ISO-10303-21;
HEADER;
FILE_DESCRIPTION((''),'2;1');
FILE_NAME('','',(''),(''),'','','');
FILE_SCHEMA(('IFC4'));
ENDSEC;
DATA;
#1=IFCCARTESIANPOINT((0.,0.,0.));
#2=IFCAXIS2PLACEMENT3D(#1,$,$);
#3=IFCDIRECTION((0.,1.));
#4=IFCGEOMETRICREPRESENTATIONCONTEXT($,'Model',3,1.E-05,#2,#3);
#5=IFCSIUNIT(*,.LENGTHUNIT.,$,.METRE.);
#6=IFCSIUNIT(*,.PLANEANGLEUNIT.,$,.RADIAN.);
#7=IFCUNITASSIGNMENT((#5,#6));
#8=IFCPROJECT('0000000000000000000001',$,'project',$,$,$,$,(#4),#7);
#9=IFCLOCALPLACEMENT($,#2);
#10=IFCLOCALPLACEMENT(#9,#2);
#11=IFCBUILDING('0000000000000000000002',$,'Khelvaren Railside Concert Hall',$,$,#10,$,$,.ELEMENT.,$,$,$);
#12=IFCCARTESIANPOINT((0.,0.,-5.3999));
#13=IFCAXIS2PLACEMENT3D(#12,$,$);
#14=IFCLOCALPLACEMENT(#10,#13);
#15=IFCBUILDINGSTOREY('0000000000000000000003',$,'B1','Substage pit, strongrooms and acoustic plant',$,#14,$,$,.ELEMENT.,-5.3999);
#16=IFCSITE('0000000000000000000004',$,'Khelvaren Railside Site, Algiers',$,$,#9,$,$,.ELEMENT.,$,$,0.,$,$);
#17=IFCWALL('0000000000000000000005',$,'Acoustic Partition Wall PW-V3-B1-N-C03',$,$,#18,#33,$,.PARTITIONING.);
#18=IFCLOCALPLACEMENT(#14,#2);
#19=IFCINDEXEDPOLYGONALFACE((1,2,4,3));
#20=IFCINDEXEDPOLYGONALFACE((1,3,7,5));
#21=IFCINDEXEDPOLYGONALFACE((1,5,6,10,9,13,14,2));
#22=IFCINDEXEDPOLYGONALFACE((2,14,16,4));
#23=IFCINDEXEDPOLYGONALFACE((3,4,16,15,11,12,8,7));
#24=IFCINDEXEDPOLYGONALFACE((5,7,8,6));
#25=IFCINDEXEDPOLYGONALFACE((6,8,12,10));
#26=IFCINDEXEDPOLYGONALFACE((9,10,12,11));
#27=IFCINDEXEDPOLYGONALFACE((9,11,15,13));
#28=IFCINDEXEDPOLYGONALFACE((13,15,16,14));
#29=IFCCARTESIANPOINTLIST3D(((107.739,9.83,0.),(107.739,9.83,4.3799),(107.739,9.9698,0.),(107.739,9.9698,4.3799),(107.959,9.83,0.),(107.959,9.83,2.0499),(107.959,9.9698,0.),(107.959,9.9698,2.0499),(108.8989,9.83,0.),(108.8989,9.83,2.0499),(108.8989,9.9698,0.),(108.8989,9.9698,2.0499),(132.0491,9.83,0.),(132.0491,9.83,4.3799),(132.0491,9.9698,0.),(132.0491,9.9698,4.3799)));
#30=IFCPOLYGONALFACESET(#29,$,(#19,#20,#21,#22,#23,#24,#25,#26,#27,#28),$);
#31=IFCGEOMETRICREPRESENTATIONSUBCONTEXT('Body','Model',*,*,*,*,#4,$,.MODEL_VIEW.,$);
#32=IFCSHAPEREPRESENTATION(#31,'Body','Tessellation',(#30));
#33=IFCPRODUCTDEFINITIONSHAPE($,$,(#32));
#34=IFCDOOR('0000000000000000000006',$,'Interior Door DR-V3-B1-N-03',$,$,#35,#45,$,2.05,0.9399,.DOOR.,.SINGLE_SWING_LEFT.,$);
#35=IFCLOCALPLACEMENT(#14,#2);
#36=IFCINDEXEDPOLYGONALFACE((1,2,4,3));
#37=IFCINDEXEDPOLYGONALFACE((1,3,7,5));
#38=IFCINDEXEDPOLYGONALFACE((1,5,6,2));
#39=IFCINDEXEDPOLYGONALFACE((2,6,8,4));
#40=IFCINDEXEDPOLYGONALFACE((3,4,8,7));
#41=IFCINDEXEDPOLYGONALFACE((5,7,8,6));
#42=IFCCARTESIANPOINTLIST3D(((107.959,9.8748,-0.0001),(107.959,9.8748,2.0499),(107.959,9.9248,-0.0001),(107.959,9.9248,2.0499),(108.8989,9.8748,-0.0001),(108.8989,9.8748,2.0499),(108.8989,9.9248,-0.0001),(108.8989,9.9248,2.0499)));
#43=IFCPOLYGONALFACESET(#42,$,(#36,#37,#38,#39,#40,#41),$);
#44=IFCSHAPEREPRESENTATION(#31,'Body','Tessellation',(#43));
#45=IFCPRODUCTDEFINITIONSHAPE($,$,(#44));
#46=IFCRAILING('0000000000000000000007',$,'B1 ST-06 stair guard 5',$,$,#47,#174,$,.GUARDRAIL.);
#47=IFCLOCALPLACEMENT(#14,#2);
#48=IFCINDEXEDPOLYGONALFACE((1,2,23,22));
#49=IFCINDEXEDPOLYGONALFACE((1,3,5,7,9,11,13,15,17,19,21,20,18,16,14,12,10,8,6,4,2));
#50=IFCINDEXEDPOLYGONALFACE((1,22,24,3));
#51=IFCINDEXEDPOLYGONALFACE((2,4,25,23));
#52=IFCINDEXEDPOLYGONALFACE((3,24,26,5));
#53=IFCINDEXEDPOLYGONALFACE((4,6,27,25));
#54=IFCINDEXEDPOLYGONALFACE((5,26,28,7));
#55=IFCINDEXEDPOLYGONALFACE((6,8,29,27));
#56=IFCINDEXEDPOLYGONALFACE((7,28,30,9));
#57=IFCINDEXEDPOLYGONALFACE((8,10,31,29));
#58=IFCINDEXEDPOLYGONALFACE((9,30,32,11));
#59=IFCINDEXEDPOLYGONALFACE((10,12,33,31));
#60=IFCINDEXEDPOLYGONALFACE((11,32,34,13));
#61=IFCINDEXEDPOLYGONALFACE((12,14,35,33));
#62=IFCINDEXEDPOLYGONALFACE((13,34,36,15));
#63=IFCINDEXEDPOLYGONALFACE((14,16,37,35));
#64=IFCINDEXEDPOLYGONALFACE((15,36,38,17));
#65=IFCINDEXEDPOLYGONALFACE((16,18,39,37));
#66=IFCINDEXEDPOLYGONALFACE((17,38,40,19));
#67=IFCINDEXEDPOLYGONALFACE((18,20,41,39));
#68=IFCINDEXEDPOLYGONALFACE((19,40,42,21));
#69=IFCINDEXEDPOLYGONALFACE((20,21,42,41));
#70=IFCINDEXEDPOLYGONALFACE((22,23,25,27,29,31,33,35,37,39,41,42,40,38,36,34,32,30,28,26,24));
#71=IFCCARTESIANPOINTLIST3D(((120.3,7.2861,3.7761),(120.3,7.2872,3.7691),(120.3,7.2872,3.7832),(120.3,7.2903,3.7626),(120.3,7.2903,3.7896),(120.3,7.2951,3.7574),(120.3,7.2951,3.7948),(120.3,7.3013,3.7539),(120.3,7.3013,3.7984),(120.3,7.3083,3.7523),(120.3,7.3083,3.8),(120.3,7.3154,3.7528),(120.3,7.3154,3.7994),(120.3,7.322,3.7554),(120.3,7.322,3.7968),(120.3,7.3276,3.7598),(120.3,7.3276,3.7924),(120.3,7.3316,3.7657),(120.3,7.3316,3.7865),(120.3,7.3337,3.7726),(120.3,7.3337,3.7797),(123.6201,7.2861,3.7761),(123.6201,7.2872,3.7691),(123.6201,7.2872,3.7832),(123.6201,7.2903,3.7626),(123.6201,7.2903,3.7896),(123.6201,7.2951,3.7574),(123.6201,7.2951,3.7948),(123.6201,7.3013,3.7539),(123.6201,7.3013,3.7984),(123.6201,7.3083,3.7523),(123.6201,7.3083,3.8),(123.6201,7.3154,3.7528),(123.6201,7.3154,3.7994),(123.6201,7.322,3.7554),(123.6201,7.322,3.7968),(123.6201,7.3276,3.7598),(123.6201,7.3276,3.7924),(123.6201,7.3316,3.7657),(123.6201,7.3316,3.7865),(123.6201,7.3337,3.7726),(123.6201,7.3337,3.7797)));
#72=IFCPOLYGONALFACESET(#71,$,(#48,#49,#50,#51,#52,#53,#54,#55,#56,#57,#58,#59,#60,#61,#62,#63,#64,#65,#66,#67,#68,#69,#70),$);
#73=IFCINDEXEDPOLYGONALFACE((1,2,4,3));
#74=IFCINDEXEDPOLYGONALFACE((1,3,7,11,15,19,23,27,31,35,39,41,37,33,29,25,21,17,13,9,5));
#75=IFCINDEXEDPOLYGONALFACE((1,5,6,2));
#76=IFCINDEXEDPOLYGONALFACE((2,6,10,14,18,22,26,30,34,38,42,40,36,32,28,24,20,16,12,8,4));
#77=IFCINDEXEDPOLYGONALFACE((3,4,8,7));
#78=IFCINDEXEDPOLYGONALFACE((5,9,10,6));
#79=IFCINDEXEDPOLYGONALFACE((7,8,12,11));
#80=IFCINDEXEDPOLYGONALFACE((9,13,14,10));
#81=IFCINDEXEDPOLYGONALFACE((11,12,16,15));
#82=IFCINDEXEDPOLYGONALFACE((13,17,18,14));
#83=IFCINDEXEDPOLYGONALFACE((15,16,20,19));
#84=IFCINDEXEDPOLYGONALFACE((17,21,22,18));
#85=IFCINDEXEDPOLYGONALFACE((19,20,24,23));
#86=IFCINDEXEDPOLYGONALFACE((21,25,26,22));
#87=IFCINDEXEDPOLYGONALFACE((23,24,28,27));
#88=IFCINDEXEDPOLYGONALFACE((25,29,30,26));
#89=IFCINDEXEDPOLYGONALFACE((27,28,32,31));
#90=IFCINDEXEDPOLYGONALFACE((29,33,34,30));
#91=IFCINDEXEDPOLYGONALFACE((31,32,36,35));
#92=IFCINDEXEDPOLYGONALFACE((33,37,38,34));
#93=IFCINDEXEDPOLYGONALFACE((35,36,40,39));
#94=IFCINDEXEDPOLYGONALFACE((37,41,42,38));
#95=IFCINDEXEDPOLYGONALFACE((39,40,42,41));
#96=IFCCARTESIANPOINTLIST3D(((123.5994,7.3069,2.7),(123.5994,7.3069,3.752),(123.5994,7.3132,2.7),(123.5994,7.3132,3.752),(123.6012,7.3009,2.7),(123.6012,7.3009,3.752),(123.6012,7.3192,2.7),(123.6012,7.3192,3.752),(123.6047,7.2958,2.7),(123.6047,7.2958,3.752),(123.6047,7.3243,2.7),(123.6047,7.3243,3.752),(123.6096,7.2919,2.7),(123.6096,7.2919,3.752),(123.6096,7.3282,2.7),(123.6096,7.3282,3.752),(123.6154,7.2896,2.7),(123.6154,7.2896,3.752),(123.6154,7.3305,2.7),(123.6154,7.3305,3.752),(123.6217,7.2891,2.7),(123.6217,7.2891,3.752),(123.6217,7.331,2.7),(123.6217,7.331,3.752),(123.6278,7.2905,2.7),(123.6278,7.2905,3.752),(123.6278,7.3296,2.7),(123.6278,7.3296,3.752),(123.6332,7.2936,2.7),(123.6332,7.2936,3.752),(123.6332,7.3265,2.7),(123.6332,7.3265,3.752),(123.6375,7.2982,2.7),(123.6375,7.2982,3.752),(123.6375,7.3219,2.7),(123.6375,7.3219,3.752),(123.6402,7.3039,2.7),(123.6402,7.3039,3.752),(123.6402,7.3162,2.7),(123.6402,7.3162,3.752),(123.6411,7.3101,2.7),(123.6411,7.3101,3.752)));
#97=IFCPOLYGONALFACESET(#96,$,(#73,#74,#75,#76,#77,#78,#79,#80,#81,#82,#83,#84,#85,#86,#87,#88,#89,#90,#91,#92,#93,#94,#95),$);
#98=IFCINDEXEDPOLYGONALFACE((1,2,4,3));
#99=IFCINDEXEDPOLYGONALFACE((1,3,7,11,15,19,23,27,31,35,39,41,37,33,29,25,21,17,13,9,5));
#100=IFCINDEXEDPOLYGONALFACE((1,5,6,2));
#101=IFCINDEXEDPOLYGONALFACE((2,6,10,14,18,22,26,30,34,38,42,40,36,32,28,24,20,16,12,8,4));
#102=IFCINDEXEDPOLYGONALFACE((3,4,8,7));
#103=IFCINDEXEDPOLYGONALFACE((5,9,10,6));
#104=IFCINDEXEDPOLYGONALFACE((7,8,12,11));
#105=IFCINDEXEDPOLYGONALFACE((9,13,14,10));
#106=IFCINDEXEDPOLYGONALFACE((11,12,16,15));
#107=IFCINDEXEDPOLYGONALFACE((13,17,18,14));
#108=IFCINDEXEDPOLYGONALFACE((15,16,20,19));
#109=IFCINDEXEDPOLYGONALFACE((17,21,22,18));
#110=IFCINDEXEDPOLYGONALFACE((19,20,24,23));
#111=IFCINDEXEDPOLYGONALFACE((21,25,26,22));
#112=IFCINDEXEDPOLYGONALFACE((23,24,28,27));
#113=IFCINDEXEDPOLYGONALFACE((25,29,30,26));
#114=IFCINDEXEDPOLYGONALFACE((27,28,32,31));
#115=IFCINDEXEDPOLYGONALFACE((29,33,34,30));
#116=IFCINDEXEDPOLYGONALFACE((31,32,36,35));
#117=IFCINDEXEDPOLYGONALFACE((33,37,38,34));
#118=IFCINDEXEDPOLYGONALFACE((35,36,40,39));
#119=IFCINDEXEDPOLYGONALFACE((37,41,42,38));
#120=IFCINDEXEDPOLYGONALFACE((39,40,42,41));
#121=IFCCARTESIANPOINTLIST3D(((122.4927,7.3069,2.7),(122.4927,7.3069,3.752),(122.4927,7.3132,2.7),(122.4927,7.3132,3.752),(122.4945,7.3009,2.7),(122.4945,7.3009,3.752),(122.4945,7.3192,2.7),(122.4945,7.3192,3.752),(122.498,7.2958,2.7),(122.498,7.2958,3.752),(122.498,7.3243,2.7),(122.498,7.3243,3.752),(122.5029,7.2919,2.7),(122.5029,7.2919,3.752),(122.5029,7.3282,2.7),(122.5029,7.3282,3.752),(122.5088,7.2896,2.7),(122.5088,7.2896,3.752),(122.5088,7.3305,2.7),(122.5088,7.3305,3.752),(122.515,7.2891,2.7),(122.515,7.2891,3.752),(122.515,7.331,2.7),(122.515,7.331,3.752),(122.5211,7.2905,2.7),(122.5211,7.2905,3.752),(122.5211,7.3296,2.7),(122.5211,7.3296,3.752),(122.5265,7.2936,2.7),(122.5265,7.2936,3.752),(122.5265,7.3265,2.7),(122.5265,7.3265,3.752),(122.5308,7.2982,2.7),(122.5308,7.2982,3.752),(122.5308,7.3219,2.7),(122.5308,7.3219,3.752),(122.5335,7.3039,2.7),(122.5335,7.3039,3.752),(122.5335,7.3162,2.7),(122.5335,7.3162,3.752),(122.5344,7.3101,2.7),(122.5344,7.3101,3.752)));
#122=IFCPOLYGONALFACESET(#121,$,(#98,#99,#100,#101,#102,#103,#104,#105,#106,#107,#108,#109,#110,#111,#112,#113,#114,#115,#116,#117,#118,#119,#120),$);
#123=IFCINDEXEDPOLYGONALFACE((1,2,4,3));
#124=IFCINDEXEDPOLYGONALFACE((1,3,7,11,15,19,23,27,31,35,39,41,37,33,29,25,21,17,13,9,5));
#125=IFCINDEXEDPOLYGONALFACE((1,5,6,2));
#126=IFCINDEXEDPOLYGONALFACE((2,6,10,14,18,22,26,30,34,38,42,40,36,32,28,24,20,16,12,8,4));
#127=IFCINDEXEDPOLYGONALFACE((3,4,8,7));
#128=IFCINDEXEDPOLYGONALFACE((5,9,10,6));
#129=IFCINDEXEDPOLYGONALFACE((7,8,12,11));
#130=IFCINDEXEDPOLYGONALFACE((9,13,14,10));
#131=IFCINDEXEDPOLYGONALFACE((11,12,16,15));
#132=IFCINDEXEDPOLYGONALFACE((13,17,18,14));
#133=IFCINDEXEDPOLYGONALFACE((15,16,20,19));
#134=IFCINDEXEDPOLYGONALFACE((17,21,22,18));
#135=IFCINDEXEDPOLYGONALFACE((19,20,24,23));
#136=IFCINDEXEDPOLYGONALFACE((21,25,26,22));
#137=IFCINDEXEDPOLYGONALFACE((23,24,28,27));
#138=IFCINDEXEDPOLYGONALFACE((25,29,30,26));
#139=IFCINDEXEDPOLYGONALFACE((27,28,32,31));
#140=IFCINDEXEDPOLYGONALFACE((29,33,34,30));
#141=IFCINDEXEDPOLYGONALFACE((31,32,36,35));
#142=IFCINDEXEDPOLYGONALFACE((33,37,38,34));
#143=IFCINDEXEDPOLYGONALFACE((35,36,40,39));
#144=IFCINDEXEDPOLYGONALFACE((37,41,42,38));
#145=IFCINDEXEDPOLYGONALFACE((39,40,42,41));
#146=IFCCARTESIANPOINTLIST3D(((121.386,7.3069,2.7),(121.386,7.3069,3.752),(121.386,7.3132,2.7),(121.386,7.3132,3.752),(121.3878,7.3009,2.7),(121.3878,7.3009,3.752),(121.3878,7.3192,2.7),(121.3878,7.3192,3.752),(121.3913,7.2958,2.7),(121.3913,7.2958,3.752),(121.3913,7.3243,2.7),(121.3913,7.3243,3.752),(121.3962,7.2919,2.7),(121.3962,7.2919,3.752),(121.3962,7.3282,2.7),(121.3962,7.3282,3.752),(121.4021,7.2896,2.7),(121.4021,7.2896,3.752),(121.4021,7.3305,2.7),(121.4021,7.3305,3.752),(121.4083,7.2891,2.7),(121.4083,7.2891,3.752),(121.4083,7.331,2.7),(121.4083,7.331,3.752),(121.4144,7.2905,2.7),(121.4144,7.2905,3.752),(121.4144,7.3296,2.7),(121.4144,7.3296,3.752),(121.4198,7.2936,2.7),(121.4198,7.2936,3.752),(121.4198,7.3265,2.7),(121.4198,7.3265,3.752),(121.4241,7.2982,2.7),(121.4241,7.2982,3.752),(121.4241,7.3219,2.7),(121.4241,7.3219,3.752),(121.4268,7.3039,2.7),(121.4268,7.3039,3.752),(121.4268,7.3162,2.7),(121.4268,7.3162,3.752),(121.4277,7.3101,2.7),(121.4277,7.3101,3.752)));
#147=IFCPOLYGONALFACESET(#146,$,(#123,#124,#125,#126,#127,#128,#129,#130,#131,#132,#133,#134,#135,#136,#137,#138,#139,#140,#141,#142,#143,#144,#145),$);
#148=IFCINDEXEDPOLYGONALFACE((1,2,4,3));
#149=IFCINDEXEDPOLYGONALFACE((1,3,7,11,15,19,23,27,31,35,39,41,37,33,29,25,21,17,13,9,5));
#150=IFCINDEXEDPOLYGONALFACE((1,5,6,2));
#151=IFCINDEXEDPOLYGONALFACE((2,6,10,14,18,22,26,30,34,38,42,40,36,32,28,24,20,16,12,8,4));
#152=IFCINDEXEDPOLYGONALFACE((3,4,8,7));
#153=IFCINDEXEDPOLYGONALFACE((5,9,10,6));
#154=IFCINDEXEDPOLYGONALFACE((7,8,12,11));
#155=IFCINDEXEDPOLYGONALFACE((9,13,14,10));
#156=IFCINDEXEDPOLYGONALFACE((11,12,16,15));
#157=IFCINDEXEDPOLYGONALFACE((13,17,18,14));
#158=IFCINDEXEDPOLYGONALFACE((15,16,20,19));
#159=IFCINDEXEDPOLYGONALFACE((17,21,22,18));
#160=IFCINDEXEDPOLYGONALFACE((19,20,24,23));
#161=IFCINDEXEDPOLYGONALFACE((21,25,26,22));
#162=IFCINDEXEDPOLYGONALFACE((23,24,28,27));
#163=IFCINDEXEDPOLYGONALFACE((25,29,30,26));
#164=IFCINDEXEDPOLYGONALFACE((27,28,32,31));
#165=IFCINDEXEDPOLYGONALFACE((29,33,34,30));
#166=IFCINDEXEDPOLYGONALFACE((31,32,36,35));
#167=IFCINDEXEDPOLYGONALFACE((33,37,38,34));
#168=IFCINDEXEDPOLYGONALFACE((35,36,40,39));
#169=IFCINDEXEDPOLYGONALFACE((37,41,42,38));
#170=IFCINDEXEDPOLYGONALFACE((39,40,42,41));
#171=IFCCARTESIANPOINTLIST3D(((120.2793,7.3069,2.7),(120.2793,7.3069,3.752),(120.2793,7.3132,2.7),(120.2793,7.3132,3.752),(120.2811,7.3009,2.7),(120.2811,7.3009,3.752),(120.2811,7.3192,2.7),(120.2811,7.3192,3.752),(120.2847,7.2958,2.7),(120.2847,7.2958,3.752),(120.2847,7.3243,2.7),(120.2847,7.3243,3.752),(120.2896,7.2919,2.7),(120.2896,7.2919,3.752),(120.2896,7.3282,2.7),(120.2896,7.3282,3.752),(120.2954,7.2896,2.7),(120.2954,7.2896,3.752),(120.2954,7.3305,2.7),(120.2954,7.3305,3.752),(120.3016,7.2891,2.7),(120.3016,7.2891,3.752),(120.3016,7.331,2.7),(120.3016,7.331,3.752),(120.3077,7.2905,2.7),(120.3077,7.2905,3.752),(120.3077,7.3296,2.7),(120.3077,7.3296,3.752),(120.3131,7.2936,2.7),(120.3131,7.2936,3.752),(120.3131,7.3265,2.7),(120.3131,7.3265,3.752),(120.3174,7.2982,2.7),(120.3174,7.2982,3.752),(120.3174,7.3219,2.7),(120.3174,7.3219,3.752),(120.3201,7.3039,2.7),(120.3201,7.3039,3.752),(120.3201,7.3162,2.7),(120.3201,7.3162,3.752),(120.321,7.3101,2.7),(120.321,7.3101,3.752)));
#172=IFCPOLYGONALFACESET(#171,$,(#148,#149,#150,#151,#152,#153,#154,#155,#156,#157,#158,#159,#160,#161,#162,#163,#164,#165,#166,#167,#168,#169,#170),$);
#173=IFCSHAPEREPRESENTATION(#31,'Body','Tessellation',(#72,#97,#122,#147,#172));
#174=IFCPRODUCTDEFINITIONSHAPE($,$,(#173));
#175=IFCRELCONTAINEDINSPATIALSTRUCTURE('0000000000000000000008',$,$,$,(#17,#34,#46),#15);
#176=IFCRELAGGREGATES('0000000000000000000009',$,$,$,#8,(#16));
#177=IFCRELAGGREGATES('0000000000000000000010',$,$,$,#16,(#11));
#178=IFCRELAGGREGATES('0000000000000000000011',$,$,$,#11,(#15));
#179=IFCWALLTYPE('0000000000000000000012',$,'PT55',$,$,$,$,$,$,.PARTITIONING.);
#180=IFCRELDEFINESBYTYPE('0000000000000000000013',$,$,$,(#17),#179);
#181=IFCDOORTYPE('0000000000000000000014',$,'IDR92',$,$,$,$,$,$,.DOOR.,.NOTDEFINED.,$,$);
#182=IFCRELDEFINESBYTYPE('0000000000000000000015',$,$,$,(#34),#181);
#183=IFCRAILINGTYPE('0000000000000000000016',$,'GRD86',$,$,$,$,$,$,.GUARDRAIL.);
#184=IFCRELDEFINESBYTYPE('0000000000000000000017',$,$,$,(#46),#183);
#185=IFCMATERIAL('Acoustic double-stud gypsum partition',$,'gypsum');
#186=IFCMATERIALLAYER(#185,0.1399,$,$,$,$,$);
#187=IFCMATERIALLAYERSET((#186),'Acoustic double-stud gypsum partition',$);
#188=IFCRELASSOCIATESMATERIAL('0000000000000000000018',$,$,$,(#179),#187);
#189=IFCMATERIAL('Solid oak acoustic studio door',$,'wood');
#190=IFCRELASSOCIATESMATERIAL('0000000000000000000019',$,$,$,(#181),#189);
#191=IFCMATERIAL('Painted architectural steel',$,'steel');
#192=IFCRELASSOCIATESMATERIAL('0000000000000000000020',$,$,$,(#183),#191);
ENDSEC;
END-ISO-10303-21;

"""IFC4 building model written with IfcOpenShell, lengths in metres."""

from ifc_helpers import new_model, si_unit, direction, frame, frame_2d, origin, origin_2d, place, context, subcontext, project, spatial, rectangle, circle, extrude, material, layer, layer_set, type_object, element, fill, save


model = new_model("IFC4")

# Units and contexts
model_context = context("Model", 3, precision=1e-05, world=origin(), true_north=direction((0.0, 1.0)))
body_context = subcontext(model_context, "Body", "Model", "MODEL_VIEW")
ifc_project = project(units=[si_unit("LENGTHUNIT", "METRE"), si_unit("PLANEANGLEUNIT", "RADIAN")], contexts=[model_context])

# Site, building, storey
site_placement = place(None, origin())
site = spatial("IfcSite", under=ifc_project, at=site_placement, Name="Khelvaren Railside Site, Algiers", CompositionType="ELEMENT", RefElevation=0.0)
building_placement = place(site_placement, origin())
building = spatial("IfcBuilding", under=site, at=building_placement, Name="Khelvaren Railside Concert Hall", CompositionType="ELEMENT")
storey_placement = place(building_placement, frame((0.0, 0.0, -5.3999)))
storey = spatial("IfcBuildingStorey", under=building, at=storey_placement, Name="B1", Description="Substage pit, strongrooms and acoustic plant", CompositionType="ELEMENT", Elevation=-5.3999)

# Shared definitions
ifc_material_1 = material(Name="Acoustic double-stud gypsum partition", Category="gypsum")

# Wall, opening, door
ifc_layer_1 = layer(ifc_material_1, 0.1399)
ifc_layer_set_1 = layer_set([ifc_layer_1], Name="Acoustic double-stud gypsum partition")
wall_type_1 = type_object("IfcWallType", Name="PT55", PredefinedType="PARTITIONING", material=ifc_layer_set_1)
wall_1_placement = place(storey_placement, frame((107.739, 9.8999, 0.0), z_axis=(0.0, 0.0, 1.0), x_axis=(1.0, 0.0, 0.0)))
wall_1 = element("IfcWall", 1, at=wall_1_placement, inside=storey, type_object=wall_type_1, Name="Acoustic Partition Wall PW-V3-B1-N-C03", PredefinedType="PARTITIONING", context=body_context, shape_type="SweptSolid", body=[
    extrude(rectangle(XDim=24.3101, YDim=0.1399, at=frame_2d((12.155, 0.0))), origin(), (0.0, 0.0, 1.0), 4.3799),
])
opening_placement = place(wall_1_placement, frame((0.22, 0.0, 0.0)))
opening = element("IfcOpeningElement", 2, at=opening_placement, cuts=wall_1, PredefinedType="OPENING", context=body_context, shape_type="SweptSolid", body=[
    extrude(rectangle(XDim=0.9399, YDim=2.05, at=frame_2d((0.47, 1.0249))), frame((0.0, 0.0798, 0.0), z_axis=(0.0, -1.0, 0.0), x_axis=(1.0, 0.0, 0.0)), (0.0, 0.0, 1.0), 0.1599),
])
ifc_material_2 = material(Name="Solid oak acoustic studio door", Category="wood")
door_type = type_object("IfcDoorType", Name="IDR92", OperationType="NOTDEFINED", PredefinedType="DOOR", material=ifc_material_2)
door_placement = place(opening_placement, origin())
door = element("IfcDoor", 3, at=door_placement, inside=storey, type_object=door_type, Name="Interior Door DR-V3-B1-N-03", OperationType="SINGLE_SWING_LEFT", OverallHeight=2.05, OverallWidth=0.9399, PredefinedType="DOOR", context=body_context, shape_type="SweptSolid", body=[
    extrude(rectangle(XDim=0.9399, YDim=2.05, at=frame_2d((0.47, 1.0249))), frame((0.0, 0.0249, 0.0), z_axis=(0.0, -1.0, 0.0), x_axis=(1.0, 0.0, 0.0)), (0.0, 0.0, 1.0), 0.05),
])
fill(opening, door)

# Railing
ifc_material_3 = material(Name="Painted architectural steel", Category="steel")
railing_type = type_object("IfcRailingType", Name="GRD86", PredefinedType="GUARDRAIL", material=ifc_material_3)
railing_placement = place(storey_placement, frame((123.6201, 7.3101, 2.7)))
element("IfcRailing", 4, at=railing_placement, inside=storey, type_object=railing_type, Name="B1 ST-06 stair guard 5", PredefinedType="GUARDRAIL", context=body_context, shape_type="SweptSolid", body=[
    extrude(circle(Radius=0.0239, at=origin_2d()), frame((0.0, 0.0, 1.0762), z_axis=(-1.0, 0.0, 0.0), x_axis=(0.0, -1.0, 0.0)), (0.0, 0.0, 1.0), 3.3201),
    extrude(circle(Radius=0.021, at=origin_2d()), origin(), (0.0, 0.0, 1.0), 1.052),
    extrude(circle(Radius=0.021, at=origin_2d()), frame((-1.1067, 0.0, 0.0)), (0.0, 0.0, 1.0), 1.052),
    extrude(circle(Radius=0.021, at=origin_2d()), frame((-2.2134, 0.0, 0.0)), (0.0, 0.0, 1.0), 1.052),
    extrude(circle(Radius=0.021, at=origin_2d()), frame((-3.3201, 0.0, 0.0)), (0.0, 0.0, 1.0), 1.052),
])

save(model, "model.ifc")
